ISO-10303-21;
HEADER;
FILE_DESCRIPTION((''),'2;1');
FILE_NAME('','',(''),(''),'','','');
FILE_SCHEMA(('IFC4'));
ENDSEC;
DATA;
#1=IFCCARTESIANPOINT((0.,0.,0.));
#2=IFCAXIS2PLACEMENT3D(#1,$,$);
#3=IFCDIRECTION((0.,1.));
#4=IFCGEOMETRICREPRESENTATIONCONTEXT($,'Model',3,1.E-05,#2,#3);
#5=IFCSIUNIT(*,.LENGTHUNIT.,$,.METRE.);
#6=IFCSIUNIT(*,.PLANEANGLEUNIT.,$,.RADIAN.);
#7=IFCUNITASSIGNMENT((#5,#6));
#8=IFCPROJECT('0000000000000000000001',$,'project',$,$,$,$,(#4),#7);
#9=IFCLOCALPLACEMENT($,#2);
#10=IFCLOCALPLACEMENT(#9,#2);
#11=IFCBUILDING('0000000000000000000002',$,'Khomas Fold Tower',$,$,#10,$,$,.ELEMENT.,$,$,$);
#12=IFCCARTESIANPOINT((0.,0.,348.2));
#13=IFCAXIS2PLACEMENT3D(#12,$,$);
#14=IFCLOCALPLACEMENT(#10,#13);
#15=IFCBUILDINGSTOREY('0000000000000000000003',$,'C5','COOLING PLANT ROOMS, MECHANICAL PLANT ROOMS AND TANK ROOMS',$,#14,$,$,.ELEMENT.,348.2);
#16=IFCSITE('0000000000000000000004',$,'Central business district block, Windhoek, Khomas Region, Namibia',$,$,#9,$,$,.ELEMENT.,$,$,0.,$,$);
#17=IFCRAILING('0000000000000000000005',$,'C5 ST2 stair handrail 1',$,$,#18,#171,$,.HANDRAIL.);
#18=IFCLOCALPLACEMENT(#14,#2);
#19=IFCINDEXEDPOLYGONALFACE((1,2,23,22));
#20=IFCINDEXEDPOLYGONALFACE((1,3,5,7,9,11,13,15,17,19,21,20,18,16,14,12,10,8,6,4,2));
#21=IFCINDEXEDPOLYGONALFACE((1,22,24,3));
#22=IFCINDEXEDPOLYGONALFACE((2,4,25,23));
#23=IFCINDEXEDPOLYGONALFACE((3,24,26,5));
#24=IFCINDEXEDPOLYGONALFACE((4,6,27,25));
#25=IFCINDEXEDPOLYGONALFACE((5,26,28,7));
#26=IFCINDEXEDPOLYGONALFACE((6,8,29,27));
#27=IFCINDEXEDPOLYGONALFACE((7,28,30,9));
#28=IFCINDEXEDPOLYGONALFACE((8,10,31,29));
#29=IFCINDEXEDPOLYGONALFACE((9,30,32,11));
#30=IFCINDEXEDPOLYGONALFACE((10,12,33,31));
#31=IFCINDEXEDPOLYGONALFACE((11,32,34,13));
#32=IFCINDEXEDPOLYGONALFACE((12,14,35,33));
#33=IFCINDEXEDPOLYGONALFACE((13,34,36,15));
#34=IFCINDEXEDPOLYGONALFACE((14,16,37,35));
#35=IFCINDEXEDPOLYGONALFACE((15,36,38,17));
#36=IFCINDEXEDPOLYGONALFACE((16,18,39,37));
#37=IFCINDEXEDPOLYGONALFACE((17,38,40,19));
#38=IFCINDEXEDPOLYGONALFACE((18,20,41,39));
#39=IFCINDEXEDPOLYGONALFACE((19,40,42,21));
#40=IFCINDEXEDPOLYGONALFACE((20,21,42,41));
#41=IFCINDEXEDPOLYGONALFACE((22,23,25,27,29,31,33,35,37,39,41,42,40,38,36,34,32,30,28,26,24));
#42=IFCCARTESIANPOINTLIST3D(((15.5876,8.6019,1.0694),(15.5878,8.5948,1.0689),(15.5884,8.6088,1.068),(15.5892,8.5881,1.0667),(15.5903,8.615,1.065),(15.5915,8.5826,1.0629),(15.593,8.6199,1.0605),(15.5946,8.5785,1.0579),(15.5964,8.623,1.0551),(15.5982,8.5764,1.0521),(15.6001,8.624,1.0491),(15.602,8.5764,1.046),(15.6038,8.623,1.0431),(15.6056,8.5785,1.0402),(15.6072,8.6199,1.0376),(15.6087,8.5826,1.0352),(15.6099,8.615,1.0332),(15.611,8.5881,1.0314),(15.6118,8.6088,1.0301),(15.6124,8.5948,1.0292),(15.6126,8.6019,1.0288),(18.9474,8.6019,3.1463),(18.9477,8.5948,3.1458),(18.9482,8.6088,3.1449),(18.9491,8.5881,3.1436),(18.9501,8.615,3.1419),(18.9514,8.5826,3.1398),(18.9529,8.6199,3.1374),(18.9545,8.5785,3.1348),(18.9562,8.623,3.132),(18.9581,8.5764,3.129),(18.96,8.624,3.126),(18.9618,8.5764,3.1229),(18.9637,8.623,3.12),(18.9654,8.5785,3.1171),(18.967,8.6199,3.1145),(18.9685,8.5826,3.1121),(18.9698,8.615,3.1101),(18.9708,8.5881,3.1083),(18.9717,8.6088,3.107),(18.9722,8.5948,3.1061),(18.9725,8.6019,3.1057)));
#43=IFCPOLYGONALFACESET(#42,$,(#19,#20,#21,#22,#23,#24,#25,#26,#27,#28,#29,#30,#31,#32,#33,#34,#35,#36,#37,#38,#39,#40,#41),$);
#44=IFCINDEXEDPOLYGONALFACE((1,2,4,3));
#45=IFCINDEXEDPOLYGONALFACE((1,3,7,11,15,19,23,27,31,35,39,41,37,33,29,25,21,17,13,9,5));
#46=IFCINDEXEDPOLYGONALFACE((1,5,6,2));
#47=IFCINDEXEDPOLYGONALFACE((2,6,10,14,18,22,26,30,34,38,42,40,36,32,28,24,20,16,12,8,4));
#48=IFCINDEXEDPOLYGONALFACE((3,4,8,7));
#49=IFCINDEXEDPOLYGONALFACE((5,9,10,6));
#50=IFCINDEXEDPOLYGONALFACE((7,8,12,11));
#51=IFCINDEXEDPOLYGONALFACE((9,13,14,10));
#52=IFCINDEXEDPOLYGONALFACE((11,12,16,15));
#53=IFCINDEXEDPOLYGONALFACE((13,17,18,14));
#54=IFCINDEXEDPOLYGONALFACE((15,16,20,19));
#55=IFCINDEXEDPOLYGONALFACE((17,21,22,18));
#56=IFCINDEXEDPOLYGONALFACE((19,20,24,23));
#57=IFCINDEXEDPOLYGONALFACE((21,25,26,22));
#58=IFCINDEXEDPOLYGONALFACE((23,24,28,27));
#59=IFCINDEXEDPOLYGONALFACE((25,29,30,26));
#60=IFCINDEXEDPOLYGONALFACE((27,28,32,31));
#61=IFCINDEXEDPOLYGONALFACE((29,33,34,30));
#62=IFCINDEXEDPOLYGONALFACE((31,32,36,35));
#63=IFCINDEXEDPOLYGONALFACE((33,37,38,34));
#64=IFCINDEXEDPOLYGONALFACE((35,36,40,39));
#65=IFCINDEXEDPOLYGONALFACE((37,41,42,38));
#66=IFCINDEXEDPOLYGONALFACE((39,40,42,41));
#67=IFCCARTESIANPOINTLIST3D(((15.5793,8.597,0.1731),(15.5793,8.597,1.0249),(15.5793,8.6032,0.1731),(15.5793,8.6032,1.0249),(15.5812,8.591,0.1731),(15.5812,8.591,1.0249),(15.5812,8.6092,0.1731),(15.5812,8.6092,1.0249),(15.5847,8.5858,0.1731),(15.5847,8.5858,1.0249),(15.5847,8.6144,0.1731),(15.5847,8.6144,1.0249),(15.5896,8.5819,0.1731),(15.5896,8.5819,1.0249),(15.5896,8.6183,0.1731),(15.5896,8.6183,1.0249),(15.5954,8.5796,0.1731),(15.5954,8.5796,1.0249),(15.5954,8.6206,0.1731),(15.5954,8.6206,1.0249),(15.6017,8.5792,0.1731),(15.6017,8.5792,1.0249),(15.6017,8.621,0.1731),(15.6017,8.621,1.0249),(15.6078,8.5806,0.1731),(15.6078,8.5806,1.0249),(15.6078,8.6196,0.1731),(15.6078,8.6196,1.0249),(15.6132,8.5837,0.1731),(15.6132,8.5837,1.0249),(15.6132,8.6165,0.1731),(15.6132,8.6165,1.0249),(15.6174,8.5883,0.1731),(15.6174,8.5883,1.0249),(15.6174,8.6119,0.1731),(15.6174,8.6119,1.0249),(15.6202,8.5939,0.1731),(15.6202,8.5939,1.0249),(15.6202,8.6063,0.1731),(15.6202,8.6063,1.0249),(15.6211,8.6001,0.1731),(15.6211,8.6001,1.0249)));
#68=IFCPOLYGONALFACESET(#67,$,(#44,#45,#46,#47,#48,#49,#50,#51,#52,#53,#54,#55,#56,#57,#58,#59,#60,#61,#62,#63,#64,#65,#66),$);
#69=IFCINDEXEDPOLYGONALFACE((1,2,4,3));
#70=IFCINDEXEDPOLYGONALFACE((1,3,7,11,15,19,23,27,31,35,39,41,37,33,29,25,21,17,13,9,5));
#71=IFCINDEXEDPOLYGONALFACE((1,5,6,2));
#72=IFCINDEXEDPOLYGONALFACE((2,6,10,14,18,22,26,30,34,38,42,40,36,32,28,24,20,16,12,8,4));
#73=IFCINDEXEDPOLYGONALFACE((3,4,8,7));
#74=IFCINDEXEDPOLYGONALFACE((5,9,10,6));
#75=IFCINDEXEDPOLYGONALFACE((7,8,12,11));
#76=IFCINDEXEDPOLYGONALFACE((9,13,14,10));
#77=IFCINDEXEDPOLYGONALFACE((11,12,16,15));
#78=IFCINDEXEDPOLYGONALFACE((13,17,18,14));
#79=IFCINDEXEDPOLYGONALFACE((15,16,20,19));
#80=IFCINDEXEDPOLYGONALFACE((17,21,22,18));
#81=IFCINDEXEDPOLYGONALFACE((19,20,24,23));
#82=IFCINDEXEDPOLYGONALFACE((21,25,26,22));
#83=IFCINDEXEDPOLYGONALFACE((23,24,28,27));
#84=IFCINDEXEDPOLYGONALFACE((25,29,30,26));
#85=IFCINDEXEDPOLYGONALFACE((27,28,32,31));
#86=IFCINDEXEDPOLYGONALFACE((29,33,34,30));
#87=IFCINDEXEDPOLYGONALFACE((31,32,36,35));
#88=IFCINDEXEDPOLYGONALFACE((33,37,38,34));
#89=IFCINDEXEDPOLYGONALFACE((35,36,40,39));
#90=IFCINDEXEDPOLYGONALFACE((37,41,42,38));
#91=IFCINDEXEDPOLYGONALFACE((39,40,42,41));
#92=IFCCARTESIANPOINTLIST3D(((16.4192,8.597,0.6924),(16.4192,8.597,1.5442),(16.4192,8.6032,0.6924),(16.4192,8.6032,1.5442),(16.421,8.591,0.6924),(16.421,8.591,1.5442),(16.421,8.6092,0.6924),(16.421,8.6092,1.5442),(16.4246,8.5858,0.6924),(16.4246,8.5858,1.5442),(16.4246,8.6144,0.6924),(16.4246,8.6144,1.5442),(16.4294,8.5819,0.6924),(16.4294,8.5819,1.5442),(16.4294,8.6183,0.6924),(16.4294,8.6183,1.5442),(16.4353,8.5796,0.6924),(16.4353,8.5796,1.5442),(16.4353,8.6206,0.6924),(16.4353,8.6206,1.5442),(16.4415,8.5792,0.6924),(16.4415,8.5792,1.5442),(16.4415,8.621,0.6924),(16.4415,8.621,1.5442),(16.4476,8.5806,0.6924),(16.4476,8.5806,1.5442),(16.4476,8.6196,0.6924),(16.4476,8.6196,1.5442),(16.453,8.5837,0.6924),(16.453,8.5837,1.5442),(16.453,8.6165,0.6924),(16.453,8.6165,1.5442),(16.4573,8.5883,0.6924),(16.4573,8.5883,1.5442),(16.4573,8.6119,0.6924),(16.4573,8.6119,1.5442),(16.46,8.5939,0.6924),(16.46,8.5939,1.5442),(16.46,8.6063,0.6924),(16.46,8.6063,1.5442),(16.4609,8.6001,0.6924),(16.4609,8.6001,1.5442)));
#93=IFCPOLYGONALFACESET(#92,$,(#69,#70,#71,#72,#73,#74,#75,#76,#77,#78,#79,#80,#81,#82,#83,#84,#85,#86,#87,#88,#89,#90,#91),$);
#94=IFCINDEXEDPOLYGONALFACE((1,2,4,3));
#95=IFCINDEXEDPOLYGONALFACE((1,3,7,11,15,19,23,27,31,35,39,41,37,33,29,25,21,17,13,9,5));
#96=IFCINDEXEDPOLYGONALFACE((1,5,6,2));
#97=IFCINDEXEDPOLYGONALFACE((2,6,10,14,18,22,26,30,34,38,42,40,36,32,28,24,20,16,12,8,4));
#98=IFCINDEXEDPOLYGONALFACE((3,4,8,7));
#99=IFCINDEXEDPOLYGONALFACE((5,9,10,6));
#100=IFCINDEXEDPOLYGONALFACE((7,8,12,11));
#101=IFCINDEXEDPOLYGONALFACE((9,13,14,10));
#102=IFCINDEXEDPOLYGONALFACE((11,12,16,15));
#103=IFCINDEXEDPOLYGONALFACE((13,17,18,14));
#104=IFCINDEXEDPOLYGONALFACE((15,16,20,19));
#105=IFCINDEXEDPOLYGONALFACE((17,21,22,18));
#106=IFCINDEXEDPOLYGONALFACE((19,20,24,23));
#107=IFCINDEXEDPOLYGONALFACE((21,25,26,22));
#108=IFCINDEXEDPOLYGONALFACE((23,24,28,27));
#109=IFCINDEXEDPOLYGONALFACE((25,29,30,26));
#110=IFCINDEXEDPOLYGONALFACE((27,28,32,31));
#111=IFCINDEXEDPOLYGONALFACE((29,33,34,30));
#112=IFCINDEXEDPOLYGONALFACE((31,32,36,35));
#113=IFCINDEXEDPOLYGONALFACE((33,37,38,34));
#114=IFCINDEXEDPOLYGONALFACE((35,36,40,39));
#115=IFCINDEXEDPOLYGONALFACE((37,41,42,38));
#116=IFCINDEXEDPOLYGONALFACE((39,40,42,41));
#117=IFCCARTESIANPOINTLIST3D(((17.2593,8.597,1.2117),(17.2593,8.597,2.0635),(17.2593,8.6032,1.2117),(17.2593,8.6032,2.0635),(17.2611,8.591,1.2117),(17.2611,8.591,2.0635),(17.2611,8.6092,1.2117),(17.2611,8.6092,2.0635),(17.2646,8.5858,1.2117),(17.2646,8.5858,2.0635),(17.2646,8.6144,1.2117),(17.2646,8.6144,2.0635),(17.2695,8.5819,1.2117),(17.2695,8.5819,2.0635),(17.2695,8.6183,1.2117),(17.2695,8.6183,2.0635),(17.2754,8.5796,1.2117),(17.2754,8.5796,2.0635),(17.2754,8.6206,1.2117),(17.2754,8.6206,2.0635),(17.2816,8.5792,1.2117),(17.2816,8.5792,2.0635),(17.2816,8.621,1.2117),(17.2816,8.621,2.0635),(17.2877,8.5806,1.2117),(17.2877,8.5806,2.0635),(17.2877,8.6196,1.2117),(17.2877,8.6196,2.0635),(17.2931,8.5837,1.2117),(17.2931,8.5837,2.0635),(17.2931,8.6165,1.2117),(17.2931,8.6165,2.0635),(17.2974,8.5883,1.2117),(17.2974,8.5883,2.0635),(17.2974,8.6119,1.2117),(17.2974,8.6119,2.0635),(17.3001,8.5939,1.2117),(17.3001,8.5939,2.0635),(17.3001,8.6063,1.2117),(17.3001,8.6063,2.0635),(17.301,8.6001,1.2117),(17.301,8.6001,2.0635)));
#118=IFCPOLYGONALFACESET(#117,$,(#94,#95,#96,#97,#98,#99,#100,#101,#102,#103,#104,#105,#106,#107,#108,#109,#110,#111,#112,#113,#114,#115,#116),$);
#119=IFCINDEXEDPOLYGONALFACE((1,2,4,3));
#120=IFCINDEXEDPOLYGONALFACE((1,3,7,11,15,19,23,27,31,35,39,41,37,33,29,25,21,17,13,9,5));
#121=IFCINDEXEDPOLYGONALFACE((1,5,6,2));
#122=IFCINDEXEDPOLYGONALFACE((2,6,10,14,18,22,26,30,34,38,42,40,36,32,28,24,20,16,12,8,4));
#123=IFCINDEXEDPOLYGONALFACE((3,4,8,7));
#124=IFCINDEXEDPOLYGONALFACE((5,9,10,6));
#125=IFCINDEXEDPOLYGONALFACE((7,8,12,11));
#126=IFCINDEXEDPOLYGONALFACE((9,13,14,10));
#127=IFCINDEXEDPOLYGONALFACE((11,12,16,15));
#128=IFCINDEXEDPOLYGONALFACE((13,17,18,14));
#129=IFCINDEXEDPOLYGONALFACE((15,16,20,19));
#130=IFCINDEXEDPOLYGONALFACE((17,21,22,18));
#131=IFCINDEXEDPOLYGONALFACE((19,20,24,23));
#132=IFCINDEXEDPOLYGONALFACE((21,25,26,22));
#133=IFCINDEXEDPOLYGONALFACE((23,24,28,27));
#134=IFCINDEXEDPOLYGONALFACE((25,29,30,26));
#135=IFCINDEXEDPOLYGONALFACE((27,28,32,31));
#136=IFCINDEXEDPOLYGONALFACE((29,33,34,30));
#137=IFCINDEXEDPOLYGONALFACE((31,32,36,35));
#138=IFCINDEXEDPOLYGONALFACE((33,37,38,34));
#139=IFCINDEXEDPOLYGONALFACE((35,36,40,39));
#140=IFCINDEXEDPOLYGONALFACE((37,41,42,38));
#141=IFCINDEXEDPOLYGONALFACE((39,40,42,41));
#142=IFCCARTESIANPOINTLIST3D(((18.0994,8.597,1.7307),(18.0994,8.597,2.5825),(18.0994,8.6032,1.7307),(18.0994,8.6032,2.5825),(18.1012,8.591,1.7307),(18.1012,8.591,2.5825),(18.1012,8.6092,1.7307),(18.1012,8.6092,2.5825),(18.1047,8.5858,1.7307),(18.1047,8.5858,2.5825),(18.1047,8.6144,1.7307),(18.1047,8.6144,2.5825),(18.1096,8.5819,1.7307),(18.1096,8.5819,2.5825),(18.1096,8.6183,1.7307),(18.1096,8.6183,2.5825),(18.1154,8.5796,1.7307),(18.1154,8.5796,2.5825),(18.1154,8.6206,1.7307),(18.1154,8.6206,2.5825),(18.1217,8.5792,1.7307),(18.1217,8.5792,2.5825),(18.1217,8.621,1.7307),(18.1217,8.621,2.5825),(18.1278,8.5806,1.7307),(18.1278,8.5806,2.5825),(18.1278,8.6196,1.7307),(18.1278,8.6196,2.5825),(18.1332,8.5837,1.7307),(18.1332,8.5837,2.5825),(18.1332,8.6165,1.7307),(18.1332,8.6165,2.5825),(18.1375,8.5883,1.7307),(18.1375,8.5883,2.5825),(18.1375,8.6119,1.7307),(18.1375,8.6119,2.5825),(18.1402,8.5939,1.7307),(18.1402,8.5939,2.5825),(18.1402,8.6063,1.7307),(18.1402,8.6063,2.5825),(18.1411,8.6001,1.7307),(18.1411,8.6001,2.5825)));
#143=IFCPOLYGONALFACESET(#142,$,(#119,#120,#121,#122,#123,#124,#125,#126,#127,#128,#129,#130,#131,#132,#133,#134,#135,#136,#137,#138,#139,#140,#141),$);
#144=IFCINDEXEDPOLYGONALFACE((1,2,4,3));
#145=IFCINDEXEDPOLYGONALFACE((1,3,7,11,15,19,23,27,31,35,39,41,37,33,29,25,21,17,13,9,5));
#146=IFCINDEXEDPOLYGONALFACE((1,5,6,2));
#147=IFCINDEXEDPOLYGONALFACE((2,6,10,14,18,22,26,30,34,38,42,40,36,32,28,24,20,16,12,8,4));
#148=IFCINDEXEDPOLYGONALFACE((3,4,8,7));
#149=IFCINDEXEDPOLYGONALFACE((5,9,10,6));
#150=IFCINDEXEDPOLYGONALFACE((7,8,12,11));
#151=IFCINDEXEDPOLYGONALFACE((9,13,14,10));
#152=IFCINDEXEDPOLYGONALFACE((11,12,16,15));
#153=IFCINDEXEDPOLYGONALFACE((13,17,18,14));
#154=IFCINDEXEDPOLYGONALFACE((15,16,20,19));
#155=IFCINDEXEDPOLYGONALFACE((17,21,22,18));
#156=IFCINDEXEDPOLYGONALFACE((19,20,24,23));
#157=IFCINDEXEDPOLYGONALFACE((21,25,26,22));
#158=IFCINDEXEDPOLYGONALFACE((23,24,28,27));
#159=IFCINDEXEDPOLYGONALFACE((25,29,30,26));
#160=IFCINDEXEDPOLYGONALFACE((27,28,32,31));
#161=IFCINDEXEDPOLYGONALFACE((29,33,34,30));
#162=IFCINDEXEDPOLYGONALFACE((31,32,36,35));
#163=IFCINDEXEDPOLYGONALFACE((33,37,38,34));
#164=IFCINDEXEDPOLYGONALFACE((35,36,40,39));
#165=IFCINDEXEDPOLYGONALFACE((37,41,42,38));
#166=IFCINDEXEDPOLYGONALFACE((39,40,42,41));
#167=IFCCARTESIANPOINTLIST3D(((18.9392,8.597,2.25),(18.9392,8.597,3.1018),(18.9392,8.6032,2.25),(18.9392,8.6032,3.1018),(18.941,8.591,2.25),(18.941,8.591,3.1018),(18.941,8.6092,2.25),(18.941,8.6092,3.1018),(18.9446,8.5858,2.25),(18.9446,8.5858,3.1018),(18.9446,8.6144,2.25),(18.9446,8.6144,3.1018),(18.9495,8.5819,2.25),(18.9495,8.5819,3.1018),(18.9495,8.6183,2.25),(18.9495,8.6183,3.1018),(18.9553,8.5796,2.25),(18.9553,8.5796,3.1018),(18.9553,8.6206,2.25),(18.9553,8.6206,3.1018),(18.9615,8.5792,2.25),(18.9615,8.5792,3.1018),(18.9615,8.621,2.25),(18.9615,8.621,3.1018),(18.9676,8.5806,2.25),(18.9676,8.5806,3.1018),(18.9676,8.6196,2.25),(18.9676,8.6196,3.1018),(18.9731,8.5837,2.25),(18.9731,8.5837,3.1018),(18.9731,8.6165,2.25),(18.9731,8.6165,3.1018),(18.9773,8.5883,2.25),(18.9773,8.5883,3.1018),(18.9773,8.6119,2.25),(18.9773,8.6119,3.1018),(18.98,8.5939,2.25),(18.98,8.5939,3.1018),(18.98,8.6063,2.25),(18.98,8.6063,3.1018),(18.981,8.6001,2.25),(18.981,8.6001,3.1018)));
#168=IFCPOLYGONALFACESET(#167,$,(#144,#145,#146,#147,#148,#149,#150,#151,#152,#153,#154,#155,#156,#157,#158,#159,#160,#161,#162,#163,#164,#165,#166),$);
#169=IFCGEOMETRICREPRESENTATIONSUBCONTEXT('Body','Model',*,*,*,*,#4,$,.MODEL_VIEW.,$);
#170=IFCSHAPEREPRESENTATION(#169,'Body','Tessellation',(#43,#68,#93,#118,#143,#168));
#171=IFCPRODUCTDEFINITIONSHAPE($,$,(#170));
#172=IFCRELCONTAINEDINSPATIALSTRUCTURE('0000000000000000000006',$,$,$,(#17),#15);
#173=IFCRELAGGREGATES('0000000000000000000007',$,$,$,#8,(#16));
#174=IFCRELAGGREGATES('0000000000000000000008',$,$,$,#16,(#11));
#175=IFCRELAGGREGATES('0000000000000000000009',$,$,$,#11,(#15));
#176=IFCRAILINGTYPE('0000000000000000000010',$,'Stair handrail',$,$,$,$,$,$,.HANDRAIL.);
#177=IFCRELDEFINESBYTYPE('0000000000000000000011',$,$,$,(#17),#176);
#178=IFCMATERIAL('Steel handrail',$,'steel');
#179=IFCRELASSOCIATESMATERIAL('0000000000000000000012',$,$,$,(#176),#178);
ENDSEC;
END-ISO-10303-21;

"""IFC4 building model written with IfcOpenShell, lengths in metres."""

from ifc_helpers import new_model, si_unit, direction, frame, origin, origin_2d, place, context, subcontext, project, spatial, circle, extrude, source, transform, mapped, material, type_object, element, save


model = new_model("IFC4")

# Units and contexts
model_context = context("Model", 3, precision=1e-05, world=origin(), true_north=direction((0.0, 1.0)))
body_context = subcontext(model_context, "Body", "Model", "MODEL_VIEW")
ifc_project = project(units=[si_unit("LENGTHUNIT", "METRE"), si_unit("PLANEANGLEUNIT", "RADIAN")], contexts=[model_context])

# Site, building, storey
site_placement = place(None, origin())
site = spatial("IfcSite", under=ifc_project, at=site_placement, Name="Central business district block, Windhoek, Khomas Region, Namibia", CompositionType="ELEMENT", RefElevation=0.0)
building_placement = place(site_placement, origin())
building = spatial("IfcBuilding", under=site, at=building_placement, Name="Khomas Fold Tower", CompositionType="ELEMENT")
storey_placement = place(building_placement, frame((0.0, 0.0, 348.2)))
storey = spatial("IfcBuildingStorey", under=building, at=storey_placement, Name="C5", Description="COOLING PLANT ROOMS, MECHANICAL PLANT ROOMS AND TANK ROOMS", CompositionType="ELEMENT", Elevation=348.2)

# Railing
ifc_material_1 = material(Name="Steel handrail", Category="steel")
railing_type_1 = type_object("IfcRailingType", Name="Stair handrail", PredefinedType="HANDRAIL", material=ifc_material_1)
shared_shape_1 = source(origin(), body_context, "Body", "SweptSolid", [
    extrude(circle(Radius=0.0239, at=origin_2d()), frame((0.0, 0.0, 0.876), z_axis=(0.850606, 0.0, 0.525803), x_axis=(0.0, 1.0, 0.0)), (0.0, 0.0, 1.0), 3.95),
    extrude(circle(Radius=0.021, at=origin_2d()), origin(), (0.0, 0.0, 1.0), 0.8518),
    extrude(circle(Radius=0.021, at=origin_2d()), frame((0.8398, 0.0, 0.5193)), (0.0, 0.0, 1.0), 0.8518),
    extrude(circle(Radius=0.021, at=origin_2d()), frame((1.6799, 0.0, 1.0386)), (0.0, 0.0, 1.0), 0.8518),
    extrude(circle(Radius=0.021, at=origin_2d()), frame((2.52, 0.0, 1.5576)), (0.0, 0.0, 1.0), 0.8518),
    extrude(circle(Radius=0.021, at=origin_2d()), frame((3.3599, 0.0, 2.0769)), (0.0, 0.0, 1.0), 0.8518),
])
railing_1_placement = place(storey_placement, frame((15.6001, 8.6001, 0.1731)))
element("IfcRailing", 1, at=railing_1_placement, inside=storey, type_object=railing_type_1, Name="C5 ST2 stair handrail 1", PredefinedType="HANDRAIL", context=body_context, shape_type="MappedRepresentation", body=[
    mapped(shared_shape_1, transform((0.0, 0.0, 0.0))),
])

save(model, "model.ifc")
